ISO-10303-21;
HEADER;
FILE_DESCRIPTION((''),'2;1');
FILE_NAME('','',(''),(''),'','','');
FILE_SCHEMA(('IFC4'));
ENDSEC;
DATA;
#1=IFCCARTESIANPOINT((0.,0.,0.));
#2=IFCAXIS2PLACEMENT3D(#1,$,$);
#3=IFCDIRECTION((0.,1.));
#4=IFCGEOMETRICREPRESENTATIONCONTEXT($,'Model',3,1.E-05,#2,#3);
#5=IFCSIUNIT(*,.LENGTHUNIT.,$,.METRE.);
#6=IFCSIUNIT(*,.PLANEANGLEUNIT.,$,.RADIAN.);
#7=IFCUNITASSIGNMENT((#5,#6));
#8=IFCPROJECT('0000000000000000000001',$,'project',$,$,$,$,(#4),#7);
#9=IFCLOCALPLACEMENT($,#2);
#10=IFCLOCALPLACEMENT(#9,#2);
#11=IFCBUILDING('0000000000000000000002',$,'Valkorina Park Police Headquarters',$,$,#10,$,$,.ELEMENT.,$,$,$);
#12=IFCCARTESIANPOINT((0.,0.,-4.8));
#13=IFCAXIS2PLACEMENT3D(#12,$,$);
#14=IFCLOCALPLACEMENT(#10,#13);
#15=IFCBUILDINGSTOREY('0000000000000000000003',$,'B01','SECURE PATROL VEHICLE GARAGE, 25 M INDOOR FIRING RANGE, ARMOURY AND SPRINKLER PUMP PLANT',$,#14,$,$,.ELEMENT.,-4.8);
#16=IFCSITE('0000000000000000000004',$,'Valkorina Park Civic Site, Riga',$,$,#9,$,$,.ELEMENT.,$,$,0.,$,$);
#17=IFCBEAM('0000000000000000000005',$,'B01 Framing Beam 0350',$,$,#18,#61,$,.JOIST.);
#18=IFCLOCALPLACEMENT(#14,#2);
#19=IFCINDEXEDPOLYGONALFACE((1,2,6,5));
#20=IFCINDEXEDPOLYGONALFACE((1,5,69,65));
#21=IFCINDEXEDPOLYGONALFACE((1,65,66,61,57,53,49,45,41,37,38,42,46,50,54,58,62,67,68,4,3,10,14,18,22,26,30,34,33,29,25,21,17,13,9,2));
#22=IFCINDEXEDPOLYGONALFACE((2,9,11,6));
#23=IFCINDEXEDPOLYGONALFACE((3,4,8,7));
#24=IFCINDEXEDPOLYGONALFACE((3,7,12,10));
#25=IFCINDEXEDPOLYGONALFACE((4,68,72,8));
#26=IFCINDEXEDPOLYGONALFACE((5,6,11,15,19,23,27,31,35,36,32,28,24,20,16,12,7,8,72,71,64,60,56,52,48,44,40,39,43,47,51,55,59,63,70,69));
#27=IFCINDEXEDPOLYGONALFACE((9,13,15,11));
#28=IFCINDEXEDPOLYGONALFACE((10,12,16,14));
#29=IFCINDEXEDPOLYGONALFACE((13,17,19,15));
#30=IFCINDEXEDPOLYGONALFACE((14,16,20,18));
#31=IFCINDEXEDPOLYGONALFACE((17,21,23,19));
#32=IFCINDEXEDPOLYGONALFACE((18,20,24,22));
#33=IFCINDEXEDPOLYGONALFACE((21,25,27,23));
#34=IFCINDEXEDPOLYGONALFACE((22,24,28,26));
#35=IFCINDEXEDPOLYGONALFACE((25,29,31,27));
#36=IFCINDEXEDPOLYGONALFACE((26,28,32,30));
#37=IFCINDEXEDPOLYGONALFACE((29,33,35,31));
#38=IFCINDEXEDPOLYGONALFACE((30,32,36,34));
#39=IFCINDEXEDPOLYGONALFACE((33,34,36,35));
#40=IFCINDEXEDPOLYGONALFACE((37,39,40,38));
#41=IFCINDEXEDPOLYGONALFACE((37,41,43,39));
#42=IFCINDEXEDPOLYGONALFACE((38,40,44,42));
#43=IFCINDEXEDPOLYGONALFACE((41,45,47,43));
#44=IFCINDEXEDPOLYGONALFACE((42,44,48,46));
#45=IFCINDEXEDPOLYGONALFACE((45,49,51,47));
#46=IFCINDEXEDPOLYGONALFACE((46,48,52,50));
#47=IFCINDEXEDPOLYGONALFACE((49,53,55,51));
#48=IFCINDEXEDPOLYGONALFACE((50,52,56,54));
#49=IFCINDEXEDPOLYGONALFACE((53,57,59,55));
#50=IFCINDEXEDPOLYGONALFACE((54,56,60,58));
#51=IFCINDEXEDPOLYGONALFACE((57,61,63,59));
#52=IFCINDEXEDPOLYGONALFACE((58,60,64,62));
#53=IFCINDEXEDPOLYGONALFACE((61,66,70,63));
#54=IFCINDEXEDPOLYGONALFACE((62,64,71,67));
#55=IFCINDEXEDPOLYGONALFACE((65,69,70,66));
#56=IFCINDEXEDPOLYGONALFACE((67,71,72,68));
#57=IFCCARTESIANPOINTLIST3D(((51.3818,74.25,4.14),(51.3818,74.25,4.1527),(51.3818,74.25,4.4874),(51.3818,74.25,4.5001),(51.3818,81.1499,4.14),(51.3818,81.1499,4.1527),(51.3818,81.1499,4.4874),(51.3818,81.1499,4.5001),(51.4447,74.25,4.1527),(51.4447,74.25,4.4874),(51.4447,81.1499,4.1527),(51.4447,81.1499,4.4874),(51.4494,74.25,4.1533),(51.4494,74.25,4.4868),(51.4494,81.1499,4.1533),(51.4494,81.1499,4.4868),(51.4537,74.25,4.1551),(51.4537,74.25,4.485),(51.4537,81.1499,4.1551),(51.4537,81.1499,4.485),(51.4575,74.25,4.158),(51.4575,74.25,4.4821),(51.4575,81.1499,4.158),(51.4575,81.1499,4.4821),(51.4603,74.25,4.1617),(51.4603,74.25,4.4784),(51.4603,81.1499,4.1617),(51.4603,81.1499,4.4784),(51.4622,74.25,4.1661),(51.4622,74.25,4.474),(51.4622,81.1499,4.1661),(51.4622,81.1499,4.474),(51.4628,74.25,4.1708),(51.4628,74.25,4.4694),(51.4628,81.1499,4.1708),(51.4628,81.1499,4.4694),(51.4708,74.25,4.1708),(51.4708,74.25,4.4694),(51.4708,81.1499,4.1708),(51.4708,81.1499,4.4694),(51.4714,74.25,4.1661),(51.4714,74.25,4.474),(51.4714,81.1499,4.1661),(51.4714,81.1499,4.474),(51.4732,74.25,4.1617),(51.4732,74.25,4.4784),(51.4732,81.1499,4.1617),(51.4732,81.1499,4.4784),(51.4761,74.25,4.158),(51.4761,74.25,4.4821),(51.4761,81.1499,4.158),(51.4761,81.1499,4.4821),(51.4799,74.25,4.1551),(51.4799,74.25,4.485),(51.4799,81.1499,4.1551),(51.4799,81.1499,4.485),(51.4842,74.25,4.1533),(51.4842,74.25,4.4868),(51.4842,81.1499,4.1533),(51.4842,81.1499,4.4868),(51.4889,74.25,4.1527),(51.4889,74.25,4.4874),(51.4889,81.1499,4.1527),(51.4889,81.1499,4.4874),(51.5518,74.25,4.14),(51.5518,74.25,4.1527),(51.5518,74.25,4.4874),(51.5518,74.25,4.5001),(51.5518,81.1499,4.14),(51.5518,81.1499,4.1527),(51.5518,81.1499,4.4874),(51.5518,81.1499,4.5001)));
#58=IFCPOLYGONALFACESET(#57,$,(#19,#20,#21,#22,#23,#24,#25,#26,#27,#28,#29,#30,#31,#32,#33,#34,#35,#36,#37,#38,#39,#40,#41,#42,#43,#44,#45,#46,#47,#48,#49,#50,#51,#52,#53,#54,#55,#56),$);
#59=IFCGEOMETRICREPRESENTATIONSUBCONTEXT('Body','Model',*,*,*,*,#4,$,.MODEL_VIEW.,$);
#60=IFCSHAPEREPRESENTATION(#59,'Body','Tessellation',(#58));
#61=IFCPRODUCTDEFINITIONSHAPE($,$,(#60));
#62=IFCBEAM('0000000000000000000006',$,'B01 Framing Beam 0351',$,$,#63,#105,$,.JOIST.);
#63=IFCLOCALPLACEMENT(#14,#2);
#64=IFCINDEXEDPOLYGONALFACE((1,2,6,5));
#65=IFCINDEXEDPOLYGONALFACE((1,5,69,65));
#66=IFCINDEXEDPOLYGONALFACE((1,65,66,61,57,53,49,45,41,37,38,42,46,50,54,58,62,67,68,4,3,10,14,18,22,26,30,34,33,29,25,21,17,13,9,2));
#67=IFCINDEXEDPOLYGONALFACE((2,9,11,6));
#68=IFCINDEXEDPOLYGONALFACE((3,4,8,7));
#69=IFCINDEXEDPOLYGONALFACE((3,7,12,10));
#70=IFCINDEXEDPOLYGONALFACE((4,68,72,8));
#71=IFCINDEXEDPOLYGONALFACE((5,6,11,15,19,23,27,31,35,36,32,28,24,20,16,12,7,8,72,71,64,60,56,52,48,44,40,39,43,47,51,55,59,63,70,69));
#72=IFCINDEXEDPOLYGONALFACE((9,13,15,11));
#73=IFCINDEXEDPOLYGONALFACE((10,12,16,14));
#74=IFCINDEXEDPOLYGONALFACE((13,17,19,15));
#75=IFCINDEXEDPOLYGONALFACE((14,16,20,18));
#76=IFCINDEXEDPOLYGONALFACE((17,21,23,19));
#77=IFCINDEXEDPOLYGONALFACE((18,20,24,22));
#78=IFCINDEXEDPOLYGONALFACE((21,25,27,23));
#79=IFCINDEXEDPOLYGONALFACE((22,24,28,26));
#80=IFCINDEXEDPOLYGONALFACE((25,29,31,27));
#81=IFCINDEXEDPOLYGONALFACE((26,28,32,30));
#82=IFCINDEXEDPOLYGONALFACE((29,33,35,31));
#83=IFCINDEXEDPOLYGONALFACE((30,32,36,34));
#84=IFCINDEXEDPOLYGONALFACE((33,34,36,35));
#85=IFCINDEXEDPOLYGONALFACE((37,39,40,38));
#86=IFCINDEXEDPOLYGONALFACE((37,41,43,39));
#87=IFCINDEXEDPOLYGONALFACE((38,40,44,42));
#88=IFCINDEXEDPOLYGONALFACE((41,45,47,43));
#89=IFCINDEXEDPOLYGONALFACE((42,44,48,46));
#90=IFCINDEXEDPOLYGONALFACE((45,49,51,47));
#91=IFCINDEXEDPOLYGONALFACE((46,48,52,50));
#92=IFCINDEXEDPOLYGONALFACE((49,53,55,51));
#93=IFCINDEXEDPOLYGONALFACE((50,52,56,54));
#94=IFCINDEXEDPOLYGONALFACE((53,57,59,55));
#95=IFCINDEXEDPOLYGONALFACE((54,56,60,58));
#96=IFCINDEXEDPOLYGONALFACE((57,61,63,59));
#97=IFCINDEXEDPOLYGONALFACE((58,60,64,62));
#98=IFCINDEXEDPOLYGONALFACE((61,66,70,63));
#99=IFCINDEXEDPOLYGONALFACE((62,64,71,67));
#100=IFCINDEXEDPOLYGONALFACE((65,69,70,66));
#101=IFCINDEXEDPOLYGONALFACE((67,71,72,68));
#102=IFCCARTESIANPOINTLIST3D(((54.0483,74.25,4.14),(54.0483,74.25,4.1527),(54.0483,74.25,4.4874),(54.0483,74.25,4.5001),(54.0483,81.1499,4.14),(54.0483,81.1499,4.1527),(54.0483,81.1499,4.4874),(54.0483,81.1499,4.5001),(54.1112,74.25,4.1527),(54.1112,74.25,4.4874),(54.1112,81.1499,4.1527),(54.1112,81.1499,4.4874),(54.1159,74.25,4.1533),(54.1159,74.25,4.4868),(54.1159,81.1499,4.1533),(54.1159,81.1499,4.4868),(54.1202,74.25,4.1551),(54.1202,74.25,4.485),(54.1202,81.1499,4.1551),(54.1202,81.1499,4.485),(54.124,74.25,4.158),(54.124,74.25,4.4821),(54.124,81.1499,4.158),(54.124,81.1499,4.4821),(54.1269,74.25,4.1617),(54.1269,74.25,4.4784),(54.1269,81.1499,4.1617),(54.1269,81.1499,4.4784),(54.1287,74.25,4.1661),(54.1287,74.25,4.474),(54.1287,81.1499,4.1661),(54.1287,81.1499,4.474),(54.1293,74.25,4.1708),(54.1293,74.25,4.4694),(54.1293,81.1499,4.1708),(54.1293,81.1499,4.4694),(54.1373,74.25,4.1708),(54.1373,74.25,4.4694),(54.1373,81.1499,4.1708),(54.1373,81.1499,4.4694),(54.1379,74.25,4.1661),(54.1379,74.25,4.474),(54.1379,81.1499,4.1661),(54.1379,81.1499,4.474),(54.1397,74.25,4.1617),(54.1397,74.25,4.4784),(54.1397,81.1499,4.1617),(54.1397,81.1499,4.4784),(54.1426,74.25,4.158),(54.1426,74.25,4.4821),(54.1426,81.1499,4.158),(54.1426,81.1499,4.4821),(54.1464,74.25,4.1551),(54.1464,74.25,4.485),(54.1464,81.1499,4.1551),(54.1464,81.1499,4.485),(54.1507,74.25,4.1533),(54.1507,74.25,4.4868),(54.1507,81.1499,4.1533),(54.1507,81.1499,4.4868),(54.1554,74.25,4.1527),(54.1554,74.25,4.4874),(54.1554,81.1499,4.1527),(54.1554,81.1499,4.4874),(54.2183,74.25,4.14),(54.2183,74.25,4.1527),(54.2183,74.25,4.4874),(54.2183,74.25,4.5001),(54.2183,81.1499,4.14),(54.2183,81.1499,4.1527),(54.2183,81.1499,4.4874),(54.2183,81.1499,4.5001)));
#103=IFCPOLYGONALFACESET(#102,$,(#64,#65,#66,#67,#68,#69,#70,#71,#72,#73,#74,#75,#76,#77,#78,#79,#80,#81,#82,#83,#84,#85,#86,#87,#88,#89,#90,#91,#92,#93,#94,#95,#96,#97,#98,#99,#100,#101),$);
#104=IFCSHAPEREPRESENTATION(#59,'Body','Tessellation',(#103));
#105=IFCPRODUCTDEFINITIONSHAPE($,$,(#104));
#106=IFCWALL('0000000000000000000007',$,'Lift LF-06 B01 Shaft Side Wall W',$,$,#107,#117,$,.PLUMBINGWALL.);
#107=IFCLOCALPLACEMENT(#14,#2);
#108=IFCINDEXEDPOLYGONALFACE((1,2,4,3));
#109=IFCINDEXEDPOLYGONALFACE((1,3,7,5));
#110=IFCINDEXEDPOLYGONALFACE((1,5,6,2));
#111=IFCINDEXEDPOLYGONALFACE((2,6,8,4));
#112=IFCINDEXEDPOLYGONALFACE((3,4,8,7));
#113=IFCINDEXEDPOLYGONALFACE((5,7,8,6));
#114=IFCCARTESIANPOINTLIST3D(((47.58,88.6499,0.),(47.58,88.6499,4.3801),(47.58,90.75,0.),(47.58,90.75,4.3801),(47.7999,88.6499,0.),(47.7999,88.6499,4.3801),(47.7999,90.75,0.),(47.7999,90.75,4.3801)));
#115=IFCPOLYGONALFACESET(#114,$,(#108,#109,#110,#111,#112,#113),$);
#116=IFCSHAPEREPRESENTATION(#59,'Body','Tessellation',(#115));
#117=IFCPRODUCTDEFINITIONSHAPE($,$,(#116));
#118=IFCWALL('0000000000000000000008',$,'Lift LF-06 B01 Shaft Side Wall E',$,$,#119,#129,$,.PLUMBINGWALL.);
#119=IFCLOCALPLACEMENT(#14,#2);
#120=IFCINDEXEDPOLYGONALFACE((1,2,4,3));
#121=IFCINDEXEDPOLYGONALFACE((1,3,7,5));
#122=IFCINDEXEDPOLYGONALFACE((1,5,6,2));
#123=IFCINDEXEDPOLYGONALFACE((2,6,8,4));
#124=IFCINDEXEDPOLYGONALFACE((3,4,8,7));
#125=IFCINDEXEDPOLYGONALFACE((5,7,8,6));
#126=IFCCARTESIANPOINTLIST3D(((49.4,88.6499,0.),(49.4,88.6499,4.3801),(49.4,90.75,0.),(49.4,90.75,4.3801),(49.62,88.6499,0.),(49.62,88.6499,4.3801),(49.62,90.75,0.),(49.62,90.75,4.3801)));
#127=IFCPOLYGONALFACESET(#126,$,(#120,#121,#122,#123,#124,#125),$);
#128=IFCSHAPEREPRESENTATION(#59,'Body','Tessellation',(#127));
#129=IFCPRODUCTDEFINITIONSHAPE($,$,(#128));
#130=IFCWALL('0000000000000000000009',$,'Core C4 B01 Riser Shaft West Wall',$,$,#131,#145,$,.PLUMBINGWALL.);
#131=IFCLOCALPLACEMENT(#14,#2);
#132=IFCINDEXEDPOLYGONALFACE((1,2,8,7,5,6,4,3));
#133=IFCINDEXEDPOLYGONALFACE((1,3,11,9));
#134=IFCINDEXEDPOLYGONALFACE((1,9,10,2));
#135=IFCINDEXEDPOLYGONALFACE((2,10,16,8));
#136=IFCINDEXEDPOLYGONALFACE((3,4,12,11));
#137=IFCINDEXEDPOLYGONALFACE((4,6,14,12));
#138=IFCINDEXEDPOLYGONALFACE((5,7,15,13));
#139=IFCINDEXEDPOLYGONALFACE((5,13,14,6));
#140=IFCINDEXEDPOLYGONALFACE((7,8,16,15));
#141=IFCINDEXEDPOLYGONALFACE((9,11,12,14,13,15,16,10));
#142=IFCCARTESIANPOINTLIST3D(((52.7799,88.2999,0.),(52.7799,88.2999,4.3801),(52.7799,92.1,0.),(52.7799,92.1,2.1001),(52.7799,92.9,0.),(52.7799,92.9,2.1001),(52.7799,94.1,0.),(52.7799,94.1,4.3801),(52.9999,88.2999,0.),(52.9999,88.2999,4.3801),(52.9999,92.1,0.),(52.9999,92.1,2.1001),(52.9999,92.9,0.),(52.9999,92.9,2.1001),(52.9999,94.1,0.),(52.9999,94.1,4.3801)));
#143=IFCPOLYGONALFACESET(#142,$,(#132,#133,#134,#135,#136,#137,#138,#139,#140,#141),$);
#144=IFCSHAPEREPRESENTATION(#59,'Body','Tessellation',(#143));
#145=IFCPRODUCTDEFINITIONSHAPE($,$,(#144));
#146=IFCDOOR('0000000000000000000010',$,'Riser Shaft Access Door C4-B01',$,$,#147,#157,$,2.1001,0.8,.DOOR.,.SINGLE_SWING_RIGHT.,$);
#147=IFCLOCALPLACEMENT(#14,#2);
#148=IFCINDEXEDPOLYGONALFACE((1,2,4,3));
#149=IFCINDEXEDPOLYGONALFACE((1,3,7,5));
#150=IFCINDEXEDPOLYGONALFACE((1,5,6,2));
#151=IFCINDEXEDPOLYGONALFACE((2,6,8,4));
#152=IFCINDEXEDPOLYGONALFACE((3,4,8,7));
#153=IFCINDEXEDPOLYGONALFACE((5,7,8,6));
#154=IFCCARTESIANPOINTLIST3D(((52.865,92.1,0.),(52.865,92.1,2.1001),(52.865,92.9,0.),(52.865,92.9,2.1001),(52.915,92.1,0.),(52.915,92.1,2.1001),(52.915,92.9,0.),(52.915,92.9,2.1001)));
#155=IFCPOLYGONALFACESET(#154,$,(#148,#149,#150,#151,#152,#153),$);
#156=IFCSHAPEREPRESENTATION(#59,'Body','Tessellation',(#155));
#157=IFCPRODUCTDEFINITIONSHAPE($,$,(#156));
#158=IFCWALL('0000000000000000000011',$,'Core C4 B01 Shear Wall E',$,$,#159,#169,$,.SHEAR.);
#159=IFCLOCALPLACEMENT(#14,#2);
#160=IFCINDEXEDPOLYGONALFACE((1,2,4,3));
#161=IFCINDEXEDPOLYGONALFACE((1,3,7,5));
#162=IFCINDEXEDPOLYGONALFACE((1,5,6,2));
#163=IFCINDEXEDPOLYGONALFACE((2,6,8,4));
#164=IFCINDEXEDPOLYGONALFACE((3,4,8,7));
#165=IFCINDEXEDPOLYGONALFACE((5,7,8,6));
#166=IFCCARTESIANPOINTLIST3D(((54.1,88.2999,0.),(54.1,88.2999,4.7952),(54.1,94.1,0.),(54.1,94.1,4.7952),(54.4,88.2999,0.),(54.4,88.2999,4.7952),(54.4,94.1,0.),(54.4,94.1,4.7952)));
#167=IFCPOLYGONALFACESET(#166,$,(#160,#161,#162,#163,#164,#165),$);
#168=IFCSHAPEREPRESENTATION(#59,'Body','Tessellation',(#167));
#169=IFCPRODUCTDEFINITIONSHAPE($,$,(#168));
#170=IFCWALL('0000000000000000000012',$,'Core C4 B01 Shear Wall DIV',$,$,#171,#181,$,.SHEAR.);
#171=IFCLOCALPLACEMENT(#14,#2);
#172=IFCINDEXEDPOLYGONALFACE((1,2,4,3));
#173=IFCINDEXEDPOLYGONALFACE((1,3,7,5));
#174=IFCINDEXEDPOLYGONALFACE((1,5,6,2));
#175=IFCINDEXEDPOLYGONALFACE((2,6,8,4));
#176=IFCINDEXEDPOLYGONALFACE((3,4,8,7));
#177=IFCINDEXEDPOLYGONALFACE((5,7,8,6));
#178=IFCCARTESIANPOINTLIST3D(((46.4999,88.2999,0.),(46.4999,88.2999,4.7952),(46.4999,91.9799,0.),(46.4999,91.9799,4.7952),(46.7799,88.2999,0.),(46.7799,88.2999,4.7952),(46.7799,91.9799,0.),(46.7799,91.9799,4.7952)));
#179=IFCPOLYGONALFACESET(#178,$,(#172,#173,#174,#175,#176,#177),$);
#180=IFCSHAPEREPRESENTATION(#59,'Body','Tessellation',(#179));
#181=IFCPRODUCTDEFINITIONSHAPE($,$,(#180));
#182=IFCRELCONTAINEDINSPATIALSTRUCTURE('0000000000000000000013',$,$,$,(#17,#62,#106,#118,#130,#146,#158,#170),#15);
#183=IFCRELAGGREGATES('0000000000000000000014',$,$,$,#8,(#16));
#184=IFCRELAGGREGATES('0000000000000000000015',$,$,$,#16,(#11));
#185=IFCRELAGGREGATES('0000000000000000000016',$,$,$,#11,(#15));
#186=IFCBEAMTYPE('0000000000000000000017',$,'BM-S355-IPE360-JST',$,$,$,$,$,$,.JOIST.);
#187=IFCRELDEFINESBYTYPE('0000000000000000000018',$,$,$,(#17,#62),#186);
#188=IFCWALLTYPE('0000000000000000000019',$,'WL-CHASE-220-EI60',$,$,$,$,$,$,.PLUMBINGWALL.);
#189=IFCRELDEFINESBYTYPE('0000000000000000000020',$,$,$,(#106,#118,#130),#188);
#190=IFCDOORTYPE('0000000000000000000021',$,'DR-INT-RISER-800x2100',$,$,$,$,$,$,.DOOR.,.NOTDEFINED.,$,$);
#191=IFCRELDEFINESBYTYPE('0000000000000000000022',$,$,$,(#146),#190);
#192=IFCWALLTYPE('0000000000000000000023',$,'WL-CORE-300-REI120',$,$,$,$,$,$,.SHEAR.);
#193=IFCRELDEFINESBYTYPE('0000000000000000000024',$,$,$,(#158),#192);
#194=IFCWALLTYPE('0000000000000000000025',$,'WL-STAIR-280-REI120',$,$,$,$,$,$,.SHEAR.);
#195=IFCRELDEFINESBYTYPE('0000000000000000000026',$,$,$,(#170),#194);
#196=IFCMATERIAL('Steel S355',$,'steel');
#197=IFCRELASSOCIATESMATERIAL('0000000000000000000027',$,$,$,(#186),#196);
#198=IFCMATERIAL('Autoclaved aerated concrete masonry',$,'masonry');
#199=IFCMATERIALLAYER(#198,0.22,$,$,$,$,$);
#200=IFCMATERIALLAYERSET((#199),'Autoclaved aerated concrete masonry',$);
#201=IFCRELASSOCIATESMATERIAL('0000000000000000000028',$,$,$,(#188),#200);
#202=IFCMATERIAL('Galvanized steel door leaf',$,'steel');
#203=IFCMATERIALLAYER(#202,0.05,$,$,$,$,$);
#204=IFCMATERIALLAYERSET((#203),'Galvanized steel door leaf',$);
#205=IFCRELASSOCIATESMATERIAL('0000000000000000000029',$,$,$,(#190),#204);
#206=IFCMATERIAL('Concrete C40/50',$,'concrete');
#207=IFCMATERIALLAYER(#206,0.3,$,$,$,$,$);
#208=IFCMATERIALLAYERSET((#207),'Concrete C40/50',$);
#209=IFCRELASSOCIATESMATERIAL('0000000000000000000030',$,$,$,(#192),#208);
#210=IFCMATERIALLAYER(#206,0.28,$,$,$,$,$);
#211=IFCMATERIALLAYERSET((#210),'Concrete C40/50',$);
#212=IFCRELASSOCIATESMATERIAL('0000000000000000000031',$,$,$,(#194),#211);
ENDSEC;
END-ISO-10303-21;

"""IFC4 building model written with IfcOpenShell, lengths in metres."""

from ifc_helpers import new_model, si_unit, direction, frame, frame_2d, origin, origin_2d, place, context, subcontext, project, spatial, rectangle, i_section, extrude, material, layer, layer_set, material_profile, profile_set, type_object, element, fill, save


model = new_model("IFC4")

# Units and contexts
model_context = context("Model", 3, precision=1e-05, world=origin(), true_north=direction((0.0, 1.0)))
body_context = subcontext(model_context, "Body", "Model", "MODEL_VIEW")
ifc_project = project(units=[si_unit("LENGTHUNIT", "METRE"), si_unit("PLANEANGLEUNIT", "RADIAN")], contexts=[model_context])

# Site, building, storey
site_placement = place(None, origin())
site = spatial("IfcSite", under=ifc_project, at=site_placement, Name="Valkorina Park Civic Site, Riga", CompositionType="ELEMENT", RefElevation=0.0)
building_placement = place(site_placement, origin())
building = spatial("IfcBuilding", under=site, at=building_placement, Name="Valkorina Park Police Headquarters", CompositionType="ELEMENT")
storey_placement = place(building_placement, frame((0.0, 0.0, -4.8)))
storey = spatial("IfcBuildingStorey", under=building, at=storey_placement, Name="B01", Description="SECURE PATROL VEHICLE GARAGE, 25 M INDOOR FIRING RANGE, ARMOURY AND SPRINKLER PUMP PLANT", CompositionType="ELEMENT", Elevation=-4.8)

# Shared definitions
ifc_material_1 = material(Name="Concrete C40/50", Category="concrete")

# Beams
ifc_material_2 = material(Name="Steel S355", Category="steel")
ifc_material_profile_1 = material_profile(ifc_material_2, i_section(OverallWidth=0.1699, OverallDepth=0.3601, WebThickness=0.0081, FlangeThickness=0.0127, FilletRadius=0.0181, at=origin_2d()), Name="IPE 360")
ifc_profile_set_1 = profile_set([ifc_material_profile_1], Name="Steel S355")
beam_type_1 = type_object("IfcBeamType", Name="BM-S355-IPE360-JST", PredefinedType="JOIST", material=ifc_profile_set_1)
for number, where, z_axis, x_axis, name in (
    (1, (51.4668, 74.25, 4.3201), (0.0, 1.0, 0.0), (-1.0, 0.0, 0.0), "B01 Framing Beam 0350"),
    (2, (54.1333, 74.25, 4.3201), (0.0, 1.0, 0.0), (-1.0, 0.0, 0.0), "B01 Framing Beam 0351"),
):
    element("IfcBeam", number, at=place(storey_placement, frame(where, z_axis=z_axis, x_axis=x_axis)), inside=storey, type_object=beam_type_1, Name=name, PredefinedType="JOIST", context=body_context, shape_type="SweptSolid", body=[
        extrude(i_section(OverallWidth=0.1699, OverallDepth=0.3601, WebThickness=0.0081, FlangeThickness=0.0127, FilletRadius=0.0181, at=origin_2d()), origin(), (0.0, 0.0, 1.0), 6.8999),
    ])

# Walls
ifc_material_3 = material(Name="Autoclaved aerated concrete masonry", Category="masonry")
ifc_layer_1 = layer(ifc_material_3, 0.22)
ifc_layer_set_1 = layer_set([ifc_layer_1], Name="Autoclaved aerated concrete masonry")
wall_type_1 = type_object("IfcWallType", Name="WL-CHASE-220-EI60", PredefinedType="PLUMBINGWALL", material=ifc_layer_set_1)
for number, where, z_axis, x_axis, name in (
    (3, (47.6899, 88.6499, 0.0), (0.0, 0.0, 1.0), (0.0, 1.0, 0.0), "Lift LF-06 B01 Shaft Side Wall W"),
    (4, (49.51, 88.6499, 0.0), (0.0, 0.0, 1.0), (0.0, 1.0, 0.0), "Lift LF-06 B01 Shaft Side Wall E"),
):
    element("IfcWall", number, at=place(storey_placement, frame(where, z_axis=z_axis, x_axis=x_axis)), inside=storey, type_object=wall_type_1, Name=name, PredefinedType="PLUMBINGWALL", context=body_context, shape_type="SweptSolid", body=[
        extrude(rectangle(XDim=2.1001, YDim=0.22, at=frame_2d((1.05, 0.0))), origin(), (0.0, 0.0, 1.0), 4.3801),
    ])

# Wall, opening, door
wall_1_placement = place(storey_placement, frame((52.8899, 88.3, 0.0), z_axis=(0.0, 0.0, 1.0), x_axis=(0.0, 1.0, 0.0)))
wall_1 = element("IfcWall", 5, at=wall_1_placement, inside=storey, type_object=wall_type_1, Name="Core C4 B01 Riser Shaft West Wall", PredefinedType="PLUMBINGWALL", context=body_context, shape_type="SweptSolid", body=[
    extrude(rectangle(XDim=5.8, YDim=0.22, at=frame_2d((2.8999, 0.0))), origin(), (0.0, 0.0, 1.0), 4.3801),
])
opening_placement = place(wall_1_placement, frame((3.8, 0.0, 0.0)))
opening = element("IfcOpeningElement", 6, at=opening_placement, cuts=wall_1, PredefinedType="OPENING", context=body_context, shape_type="SweptSolid", body=[
    extrude(rectangle(XDim=0.8, YDim=2.1001, at=frame_2d((0.3999, 1.05))), frame((0.0, 0.1201, 0.0), z_axis=(0.0, -1.0, 0.0), x_axis=(1.0, 0.0, 0.0)), (0.0, 0.0, 1.0), 0.24),
])
ifc_material_4 = material(Name="Galvanized steel door leaf", Category="steel")
ifc_layer_2 = layer(ifc_material_4, 0.05)
ifc_layer_set_2 = layer_set([ifc_layer_2], Name="Galvanized steel door leaf")
door_type = type_object("IfcDoorType", Name="DR-INT-RISER-800x2100", OperationType="NOTDEFINED", PredefinedType="DOOR", material=ifc_layer_set_2)
door_placement = place(opening_placement, origin())
door = element("IfcDoor", 7, at=door_placement, inside=storey, type_object=door_type, Name="Riser Shaft Access Door C4-B01", OperationType="SINGLE_SWING_RIGHT", OverallHeight=2.1001, OverallWidth=0.8, PredefinedType="DOOR", context=body_context, shape_type="SweptSolid", body=[
    extrude(rectangle(XDim=0.8, YDim=2.1001, at=frame_2d((0.3999, 1.05))), frame((0.0, 0.0249, 0.0), z_axis=(0.0, -1.0, 0.0), x_axis=(1.0, 0.0, 0.0)), (0.0, 0.0, 1.0), 0.05),
])
fill(opening, door)

# Walls
ifc_layer_3 = layer(ifc_material_1, 0.3)
ifc_layer_set_3 = layer_set([ifc_layer_3], Name="Concrete C40/50")
wall_type_2 = type_object("IfcWallType", Name="WL-CORE-300-REI120", PredefinedType="SHEAR", material=ifc_layer_set_3)
wall_2_placement = place(storey_placement, frame((54.25, 88.3, 0.0), z_axis=(0.0, 0.0, 1.0), x_axis=(0.0, 1.0, 0.0)))
element("IfcWall", 8, at=wall_2_placement, inside=storey, type_object=wall_type_2, Name="Core C4 B01 Shear Wall E", PredefinedType="SHEAR", context=body_context, shape_type="SweptSolid", body=[
    extrude(rectangle(XDim=5.8, YDim=0.3, at=frame_2d((2.8999, 0.0))), origin(), (0.0, 0.0, 1.0), 4.7952),
])
ifc_layer_4 = layer(ifc_material_1, 0.28)
ifc_layer_set_4 = layer_set([ifc_layer_4], Name="Concrete C40/50")
wall_type_3 = type_object("IfcWallType", Name="WL-STAIR-280-REI120", PredefinedType="SHEAR", material=ifc_layer_set_4)
wall_3_placement = place(storey_placement, frame((46.6399, 88.3, 0.0), z_axis=(0.0, 0.0, 1.0), x_axis=(0.0, 1.0, 0.0)))
element("IfcWall", 9, at=wall_3_placement, inside=storey, type_object=wall_type_3, Name="Core C4 B01 Shear Wall DIV", PredefinedType="SHEAR", context=body_context, shape_type="SweptSolid", body=[
    extrude(rectangle(XDim=3.6799, YDim=0.28, at=frame_2d((1.8398, 0.0))), origin(), (0.0, 0.0, 1.0), 4.7952),
])

save(model, "model.ifc")
